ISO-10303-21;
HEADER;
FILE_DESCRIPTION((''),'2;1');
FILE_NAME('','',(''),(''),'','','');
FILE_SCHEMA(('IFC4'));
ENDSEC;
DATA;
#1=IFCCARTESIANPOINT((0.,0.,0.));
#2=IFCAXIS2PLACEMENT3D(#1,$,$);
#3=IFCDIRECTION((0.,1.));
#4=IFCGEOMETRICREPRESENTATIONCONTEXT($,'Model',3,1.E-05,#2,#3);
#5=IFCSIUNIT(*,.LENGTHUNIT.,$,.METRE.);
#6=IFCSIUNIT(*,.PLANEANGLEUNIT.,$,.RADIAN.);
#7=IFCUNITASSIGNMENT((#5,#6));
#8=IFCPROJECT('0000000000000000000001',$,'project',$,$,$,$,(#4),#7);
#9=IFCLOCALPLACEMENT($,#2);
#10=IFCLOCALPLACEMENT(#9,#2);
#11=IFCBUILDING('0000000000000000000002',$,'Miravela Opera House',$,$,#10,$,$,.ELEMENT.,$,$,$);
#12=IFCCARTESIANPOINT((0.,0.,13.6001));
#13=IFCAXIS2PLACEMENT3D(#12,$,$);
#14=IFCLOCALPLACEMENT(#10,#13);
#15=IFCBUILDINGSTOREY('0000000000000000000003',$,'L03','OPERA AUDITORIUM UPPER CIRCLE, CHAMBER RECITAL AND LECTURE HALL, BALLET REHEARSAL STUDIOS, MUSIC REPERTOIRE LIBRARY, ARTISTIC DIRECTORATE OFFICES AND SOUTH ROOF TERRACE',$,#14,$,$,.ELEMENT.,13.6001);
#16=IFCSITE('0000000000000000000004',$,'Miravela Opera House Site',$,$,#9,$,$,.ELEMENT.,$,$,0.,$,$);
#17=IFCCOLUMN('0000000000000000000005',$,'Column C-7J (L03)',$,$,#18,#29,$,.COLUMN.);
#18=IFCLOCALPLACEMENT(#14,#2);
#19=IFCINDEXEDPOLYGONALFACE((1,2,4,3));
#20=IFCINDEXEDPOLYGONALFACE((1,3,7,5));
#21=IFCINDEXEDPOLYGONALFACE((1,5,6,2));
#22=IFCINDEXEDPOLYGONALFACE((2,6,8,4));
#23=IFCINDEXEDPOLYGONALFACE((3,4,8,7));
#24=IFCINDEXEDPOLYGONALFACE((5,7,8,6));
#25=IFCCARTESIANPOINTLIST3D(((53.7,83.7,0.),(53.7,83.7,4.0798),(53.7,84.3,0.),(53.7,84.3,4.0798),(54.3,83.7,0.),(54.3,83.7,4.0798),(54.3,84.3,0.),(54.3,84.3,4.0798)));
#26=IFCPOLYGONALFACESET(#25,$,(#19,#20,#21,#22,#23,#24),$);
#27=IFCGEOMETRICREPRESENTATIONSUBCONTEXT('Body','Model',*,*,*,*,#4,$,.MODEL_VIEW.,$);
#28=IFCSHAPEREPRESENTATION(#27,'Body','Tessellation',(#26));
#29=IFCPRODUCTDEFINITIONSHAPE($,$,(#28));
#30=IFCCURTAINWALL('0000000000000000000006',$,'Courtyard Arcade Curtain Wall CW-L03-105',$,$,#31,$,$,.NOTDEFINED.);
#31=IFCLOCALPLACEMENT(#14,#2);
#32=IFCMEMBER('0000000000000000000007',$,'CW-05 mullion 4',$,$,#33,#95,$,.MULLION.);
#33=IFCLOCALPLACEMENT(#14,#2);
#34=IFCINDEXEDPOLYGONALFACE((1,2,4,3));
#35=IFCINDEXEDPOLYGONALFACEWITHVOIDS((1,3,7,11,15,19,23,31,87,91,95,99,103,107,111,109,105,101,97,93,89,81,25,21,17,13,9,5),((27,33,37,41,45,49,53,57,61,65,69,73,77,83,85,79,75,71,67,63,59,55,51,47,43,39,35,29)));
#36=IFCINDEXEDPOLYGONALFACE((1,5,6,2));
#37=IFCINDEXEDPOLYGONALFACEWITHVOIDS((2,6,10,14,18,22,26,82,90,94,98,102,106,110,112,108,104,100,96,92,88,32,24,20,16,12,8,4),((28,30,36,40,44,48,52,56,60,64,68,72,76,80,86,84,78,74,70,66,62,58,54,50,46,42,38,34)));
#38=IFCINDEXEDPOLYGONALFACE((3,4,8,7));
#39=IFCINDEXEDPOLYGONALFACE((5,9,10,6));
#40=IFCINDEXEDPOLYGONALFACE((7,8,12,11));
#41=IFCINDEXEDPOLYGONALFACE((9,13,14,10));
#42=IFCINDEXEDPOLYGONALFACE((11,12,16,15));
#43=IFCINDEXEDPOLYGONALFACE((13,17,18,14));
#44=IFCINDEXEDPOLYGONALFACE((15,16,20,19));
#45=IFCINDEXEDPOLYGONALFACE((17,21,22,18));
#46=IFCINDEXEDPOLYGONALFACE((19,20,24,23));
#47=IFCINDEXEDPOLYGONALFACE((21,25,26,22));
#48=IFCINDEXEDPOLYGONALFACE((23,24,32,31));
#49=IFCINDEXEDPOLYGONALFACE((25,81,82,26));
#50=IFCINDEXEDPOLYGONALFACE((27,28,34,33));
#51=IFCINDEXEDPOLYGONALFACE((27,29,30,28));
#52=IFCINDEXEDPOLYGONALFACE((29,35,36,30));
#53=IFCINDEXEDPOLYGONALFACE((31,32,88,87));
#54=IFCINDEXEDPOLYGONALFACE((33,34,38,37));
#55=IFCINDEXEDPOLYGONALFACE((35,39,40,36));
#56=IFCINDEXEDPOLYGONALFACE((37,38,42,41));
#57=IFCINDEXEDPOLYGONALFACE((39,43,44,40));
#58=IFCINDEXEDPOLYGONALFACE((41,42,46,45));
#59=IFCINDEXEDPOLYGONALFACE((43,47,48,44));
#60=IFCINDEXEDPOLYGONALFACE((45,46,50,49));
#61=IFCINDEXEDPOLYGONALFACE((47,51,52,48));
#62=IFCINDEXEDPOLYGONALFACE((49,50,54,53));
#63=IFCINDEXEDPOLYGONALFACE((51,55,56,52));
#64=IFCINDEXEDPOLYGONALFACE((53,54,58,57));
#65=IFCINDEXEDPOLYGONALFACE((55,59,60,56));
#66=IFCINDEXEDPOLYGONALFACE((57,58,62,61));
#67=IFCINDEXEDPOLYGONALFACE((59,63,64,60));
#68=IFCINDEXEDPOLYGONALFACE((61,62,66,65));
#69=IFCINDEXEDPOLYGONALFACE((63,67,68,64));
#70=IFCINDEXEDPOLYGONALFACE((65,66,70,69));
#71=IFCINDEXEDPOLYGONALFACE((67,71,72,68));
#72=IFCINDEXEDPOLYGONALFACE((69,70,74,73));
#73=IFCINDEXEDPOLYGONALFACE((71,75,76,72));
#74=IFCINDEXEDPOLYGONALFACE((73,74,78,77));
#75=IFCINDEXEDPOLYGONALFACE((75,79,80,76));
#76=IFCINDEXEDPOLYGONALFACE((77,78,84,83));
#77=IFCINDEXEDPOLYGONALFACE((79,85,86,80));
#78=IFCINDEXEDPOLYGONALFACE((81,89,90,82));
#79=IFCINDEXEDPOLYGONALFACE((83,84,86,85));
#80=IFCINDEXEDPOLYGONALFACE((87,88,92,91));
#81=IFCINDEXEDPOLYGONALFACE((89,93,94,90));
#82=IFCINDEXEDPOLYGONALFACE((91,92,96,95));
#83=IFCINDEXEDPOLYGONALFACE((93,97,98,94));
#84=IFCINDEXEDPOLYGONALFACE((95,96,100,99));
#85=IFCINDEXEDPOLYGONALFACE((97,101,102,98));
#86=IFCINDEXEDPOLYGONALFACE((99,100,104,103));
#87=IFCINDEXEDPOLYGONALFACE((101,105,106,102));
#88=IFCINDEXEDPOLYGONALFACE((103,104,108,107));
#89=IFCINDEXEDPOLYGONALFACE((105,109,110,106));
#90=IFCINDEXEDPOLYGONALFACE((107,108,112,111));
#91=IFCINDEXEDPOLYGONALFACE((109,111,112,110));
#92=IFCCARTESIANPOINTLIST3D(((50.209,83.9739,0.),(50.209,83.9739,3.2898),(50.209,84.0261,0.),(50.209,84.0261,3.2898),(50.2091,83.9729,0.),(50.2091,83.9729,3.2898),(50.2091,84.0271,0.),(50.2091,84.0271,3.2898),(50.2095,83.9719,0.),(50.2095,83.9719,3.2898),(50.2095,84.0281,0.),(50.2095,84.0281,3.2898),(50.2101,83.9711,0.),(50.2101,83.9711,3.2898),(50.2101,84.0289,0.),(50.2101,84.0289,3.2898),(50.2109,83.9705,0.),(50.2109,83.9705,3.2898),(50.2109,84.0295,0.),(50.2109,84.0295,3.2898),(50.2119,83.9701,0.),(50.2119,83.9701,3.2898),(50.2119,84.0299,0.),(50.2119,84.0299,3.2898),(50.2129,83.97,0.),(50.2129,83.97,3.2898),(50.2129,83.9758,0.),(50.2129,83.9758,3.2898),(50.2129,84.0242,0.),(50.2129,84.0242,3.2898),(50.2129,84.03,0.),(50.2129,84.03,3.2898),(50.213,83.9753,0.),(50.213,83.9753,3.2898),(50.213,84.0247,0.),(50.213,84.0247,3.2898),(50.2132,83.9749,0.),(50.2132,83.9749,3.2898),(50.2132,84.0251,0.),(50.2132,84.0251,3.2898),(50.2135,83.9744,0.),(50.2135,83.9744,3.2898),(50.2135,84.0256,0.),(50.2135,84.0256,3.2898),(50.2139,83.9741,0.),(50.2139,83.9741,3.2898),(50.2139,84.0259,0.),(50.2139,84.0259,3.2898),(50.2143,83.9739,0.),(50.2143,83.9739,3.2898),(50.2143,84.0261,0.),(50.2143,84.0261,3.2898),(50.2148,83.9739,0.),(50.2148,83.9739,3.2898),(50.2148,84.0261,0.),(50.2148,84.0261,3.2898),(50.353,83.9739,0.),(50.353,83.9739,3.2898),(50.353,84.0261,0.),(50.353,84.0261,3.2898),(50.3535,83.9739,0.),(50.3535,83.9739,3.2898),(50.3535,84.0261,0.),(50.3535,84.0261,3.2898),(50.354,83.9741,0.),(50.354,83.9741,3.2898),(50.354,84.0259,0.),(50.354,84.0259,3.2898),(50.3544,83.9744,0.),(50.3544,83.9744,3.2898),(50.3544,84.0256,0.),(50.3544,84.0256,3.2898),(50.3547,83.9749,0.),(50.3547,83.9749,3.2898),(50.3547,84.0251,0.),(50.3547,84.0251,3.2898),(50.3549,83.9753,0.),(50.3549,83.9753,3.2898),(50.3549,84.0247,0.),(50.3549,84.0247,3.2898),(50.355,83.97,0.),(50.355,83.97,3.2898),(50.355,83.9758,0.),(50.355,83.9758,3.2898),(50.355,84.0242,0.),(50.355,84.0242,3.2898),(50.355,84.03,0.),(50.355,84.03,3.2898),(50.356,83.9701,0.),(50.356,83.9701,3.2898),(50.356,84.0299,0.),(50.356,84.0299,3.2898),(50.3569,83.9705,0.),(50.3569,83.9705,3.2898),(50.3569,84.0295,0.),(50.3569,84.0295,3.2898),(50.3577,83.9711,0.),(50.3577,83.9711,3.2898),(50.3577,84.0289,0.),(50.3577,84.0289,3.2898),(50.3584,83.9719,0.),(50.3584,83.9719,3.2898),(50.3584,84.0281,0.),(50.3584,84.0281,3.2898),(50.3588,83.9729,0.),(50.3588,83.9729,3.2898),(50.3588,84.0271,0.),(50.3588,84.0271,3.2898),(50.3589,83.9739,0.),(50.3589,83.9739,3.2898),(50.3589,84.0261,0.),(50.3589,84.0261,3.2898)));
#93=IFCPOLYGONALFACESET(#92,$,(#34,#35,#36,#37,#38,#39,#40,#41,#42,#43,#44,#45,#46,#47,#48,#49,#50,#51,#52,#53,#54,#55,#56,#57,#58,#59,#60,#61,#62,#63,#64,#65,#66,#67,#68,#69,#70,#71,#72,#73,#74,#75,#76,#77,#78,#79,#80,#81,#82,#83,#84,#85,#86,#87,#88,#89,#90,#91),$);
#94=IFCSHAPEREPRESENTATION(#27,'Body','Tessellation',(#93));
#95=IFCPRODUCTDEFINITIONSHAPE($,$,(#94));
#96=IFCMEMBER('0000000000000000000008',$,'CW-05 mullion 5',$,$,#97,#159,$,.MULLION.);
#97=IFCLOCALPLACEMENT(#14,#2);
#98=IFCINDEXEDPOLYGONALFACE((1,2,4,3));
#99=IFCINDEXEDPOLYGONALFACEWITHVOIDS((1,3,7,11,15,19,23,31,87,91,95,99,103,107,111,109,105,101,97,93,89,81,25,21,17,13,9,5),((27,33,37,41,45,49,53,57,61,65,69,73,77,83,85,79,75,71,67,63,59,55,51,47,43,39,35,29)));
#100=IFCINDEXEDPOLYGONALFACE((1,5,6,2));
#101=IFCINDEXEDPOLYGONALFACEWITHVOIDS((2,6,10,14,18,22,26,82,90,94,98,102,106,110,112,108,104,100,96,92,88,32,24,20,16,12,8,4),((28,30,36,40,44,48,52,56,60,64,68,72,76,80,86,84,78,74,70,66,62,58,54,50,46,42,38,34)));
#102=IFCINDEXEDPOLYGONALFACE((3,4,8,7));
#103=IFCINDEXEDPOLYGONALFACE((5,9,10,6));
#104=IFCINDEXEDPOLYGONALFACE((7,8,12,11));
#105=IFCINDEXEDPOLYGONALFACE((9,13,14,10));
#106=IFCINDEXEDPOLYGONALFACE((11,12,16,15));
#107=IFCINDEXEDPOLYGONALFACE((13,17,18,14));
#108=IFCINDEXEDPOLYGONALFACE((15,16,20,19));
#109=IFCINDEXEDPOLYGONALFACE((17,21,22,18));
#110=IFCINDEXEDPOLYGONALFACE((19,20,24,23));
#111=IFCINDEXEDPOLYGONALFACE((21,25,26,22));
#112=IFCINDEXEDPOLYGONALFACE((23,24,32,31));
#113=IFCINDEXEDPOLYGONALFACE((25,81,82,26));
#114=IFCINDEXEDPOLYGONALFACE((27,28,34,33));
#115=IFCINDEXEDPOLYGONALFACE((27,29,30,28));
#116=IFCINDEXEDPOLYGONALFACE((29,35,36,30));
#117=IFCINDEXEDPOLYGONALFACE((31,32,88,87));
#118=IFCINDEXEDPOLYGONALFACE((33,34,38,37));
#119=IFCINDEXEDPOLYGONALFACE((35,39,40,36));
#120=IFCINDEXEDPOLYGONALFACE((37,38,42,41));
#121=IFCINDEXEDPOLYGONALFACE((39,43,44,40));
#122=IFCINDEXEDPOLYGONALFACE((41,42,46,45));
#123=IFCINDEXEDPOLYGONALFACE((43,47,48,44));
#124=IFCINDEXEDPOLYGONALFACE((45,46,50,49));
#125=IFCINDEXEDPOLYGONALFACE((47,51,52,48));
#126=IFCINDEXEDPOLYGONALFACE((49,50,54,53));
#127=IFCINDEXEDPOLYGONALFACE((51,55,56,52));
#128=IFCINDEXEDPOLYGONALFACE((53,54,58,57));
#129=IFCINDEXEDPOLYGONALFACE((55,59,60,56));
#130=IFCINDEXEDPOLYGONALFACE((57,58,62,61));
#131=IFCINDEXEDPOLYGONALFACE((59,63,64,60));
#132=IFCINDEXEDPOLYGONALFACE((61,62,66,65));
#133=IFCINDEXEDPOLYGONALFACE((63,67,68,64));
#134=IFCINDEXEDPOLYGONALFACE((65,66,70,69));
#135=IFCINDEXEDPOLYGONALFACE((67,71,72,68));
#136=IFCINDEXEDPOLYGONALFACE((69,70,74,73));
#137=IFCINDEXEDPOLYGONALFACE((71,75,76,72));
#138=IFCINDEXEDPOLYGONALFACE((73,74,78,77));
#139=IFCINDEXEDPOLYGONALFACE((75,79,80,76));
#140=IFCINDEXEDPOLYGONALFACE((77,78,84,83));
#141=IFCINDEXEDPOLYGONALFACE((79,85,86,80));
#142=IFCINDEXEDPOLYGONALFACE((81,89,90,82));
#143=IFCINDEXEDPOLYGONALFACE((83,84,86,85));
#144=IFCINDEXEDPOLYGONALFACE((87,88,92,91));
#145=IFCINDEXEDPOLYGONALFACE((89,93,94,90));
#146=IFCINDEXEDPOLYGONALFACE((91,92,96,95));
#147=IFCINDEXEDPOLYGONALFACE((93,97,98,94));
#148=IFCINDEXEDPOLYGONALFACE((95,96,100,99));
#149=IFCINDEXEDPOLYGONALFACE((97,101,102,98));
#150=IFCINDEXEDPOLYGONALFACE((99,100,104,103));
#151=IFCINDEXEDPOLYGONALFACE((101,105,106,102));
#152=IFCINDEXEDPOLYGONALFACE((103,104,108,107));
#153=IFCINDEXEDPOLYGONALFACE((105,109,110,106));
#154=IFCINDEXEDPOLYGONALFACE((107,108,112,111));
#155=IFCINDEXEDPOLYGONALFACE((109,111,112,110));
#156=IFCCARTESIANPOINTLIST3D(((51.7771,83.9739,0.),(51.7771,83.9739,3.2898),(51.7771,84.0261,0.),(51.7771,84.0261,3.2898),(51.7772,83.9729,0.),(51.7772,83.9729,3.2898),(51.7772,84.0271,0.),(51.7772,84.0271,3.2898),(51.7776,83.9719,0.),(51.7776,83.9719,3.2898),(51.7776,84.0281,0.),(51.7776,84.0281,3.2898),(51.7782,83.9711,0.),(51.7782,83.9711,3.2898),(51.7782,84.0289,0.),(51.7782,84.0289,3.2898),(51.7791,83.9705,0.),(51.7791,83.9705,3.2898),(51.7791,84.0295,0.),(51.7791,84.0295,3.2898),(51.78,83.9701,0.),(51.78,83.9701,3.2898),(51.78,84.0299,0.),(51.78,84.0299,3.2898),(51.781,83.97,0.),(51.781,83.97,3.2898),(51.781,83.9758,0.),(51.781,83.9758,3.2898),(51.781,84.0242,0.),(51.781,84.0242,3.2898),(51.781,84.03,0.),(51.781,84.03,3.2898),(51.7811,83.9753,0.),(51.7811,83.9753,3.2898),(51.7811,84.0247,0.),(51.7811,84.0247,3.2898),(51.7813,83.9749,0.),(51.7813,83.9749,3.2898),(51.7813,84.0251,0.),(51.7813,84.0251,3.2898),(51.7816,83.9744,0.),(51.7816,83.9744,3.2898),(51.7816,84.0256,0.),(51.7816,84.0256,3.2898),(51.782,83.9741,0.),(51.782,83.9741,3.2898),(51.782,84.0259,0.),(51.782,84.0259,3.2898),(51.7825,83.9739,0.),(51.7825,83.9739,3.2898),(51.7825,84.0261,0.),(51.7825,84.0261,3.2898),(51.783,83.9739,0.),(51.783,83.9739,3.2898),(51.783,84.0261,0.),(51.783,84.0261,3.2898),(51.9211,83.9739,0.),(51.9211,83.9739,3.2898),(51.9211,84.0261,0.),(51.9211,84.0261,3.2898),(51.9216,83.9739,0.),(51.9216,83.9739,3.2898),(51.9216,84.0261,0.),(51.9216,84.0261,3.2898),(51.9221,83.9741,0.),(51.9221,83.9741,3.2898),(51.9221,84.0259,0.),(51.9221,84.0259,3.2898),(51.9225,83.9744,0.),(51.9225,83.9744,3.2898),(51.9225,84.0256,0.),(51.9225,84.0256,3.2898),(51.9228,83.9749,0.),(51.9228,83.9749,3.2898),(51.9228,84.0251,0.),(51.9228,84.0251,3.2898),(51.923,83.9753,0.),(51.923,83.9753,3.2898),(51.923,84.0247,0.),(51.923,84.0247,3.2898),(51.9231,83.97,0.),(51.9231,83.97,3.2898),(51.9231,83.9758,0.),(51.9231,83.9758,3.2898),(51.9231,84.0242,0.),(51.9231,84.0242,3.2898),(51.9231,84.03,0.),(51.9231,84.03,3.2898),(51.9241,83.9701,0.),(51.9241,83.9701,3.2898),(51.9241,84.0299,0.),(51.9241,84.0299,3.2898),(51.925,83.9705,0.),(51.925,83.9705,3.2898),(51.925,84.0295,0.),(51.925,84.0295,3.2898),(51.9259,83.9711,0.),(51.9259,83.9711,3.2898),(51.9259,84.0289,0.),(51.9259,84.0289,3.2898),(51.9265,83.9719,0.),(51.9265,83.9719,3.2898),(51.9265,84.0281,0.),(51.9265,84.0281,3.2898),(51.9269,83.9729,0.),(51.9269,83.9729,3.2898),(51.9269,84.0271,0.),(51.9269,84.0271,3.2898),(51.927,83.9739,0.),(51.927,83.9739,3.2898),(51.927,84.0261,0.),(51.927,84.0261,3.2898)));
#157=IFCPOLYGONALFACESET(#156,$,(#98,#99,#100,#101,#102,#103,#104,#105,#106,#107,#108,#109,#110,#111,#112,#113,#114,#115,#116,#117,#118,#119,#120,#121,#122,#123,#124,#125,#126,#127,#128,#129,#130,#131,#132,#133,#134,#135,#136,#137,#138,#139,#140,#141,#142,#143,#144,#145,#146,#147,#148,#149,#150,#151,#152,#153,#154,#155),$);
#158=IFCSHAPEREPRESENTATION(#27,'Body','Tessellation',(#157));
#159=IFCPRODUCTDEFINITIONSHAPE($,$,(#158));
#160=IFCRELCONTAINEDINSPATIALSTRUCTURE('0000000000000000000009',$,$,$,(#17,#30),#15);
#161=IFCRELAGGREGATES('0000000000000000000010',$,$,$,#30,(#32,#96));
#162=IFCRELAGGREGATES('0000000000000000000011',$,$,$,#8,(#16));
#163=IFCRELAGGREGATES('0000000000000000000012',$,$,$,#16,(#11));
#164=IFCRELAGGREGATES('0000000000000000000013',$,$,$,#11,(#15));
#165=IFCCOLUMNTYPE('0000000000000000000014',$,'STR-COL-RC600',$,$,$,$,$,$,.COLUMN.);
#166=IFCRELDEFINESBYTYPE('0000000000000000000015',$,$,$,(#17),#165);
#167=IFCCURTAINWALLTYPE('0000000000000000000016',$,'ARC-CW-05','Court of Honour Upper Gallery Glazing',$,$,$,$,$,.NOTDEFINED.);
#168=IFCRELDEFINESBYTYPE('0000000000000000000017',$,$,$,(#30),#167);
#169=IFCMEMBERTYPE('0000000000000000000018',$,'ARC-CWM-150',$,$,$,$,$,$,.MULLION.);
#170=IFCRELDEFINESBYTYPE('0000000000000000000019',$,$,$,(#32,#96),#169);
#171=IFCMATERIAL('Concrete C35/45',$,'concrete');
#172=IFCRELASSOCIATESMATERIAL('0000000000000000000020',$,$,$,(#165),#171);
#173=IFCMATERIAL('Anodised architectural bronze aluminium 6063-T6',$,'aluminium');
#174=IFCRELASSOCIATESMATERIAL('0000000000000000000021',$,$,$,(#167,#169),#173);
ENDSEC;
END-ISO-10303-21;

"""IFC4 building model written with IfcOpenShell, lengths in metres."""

from ifc_helpers import new_model, si_unit, direction, frame, origin, origin_2d, place, context, subcontext, project, spatial, rectangle, hollow_rectangle, extrude, material, material_profile, profile_set, type_object, element, aggregate, save


model = new_model("IFC4")

# Units and contexts
model_context = context("Model", 3, precision=1e-05, world=origin(), true_north=direction((0.0, 1.0)))
body_context = subcontext(model_context, "Body", "Model", "MODEL_VIEW")
ifc_project = project(units=[si_unit("LENGTHUNIT", "METRE"), si_unit("PLANEANGLEUNIT", "RADIAN")], contexts=[model_context])

# Site, building, storey
site_placement = place(None, origin())
site = spatial("IfcSite", under=ifc_project, at=site_placement, Name="Miravela Opera House Site", CompositionType="ELEMENT", RefElevation=0.0)
building_placement = place(site_placement, origin())
building = spatial("IfcBuilding", under=site, at=building_placement, Name="Miravela Opera House", CompositionType="ELEMENT")
storey_placement = place(building_placement, frame((0.0, 0.0, 13.6001)))
storey = spatial("IfcBuildingStorey", under=building, at=storey_placement, Name="L03", Description="OPERA AUDITORIUM UPPER CIRCLE, CHAMBER RECITAL AND LECTURE HALL, BALLET REHEARSAL STUDIOS, MUSIC REPERTOIRE LIBRARY, ARTISTIC DIRECTORATE OFFICES AND SOUTH ROOF TERRACE", CompositionType="ELEMENT", Elevation=13.6001)

# Column
ifc_material_1 = material(Name="Concrete C35/45", Category="concrete")
ifc_material_profile_1 = material_profile(ifc_material_1, rectangle(XDim=0.6001, YDim=0.6001, at=origin_2d()), Name="RC-COL-600X600")
ifc_profile_set_1 = profile_set([ifc_material_profile_1])
column_type = type_object("IfcColumnType", Name="STR-COL-RC600", PredefinedType="COLUMN", material=ifc_profile_set_1)
column_placement = place(storey_placement, frame((54.0, 84.0, 0.0), z_axis=(0.0, 0.0, 1.0), x_axis=(1.0, 0.0, 0.0)))
element("IfcColumn", 1, at=column_placement, inside=storey, type_object=column_type, Name="Column C-7J (L03)", PredefinedType="COLUMN", context=body_context, shape_type="SweptSolid", body=[
    extrude(rectangle(XDim=0.6001, YDim=0.6001, at=origin_2d()), origin(), (0.0, 0.0, 1.0), 4.0798),
])

# Curtain wall, members
ifc_material_2 = material(Name="Anodised architectural bronze aluminium 6063-T6", Category="aluminium")
curtain_wall_type = type_object("IfcCurtainWallType", Name="ARC-CW-05", Description="Court of Honour Upper Gallery Glazing", PredefinedType="NOTDEFINED", material=ifc_material_2)
curtain_wall_1_placement = place(storey_placement, origin())
curtain_wall_1 = element("IfcCurtainWall", 2, at=curtain_wall_1_placement, inside=storey, type_object=curtain_wall_type, Name="Courtyard Arcade Curtain Wall CW-L03-105", PredefinedType="NOTDEFINED")
ifc_material_profile_2 = material_profile(ifc_material_2, hollow_rectangle(XDim=0.0601, YDim=0.1499, WallThickness=0.0039, InnerFilletRadius=0.002, OuterFilletRadius=0.0039, at=origin_2d()), Name="CWM-60X150")
ifc_profile_set_2 = profile_set([ifc_material_profile_2])
member_type_1 = type_object("IfcMemberType", Name="ARC-CWM-150", PredefinedType="MULLION", material=ifc_profile_set_2)
member_1_placement = place(storey_placement, frame((50.2839, 84.0, 0.0), z_axis=(0.0, 0.0, 1.0), x_axis=(0.0, 1.0, 0.0)))
member_1 = element("IfcMember", 3, at=member_1_placement, type_object=member_type_1, Name="CW-05 mullion 4", PredefinedType="MULLION", context=body_context, shape_type="SweptSolid", body=[
    extrude(hollow_rectangle(XDim=0.0601, YDim=0.1499, WallThickness=0.0039, InnerFilletRadius=0.002, OuterFilletRadius=0.0039, at=origin_2d()), origin(), (0.0, 0.0, 1.0), 3.2898),
])
member_2_placement = place(storey_placement, frame((51.8521, 84.0, 0.0), z_axis=(0.0, 0.0, 1.0), x_axis=(0.0, 1.0, 0.0)))
member_2 = element("IfcMember", 4, at=member_2_placement, type_object=member_type_1, Name="CW-05 mullion 5", PredefinedType="MULLION", context=body_context, shape_type="SweptSolid", body=[
    extrude(hollow_rectangle(XDim=0.0601, YDim=0.1499, WallThickness=0.0039, InnerFilletRadius=0.002, OuterFilletRadius=0.0039, at=origin_2d()), origin(), (0.0, 0.0, 1.0), 3.2898),
])

aggregate(curtain_wall_1, [member_1, member_2])

save(model, "model.ifc")
